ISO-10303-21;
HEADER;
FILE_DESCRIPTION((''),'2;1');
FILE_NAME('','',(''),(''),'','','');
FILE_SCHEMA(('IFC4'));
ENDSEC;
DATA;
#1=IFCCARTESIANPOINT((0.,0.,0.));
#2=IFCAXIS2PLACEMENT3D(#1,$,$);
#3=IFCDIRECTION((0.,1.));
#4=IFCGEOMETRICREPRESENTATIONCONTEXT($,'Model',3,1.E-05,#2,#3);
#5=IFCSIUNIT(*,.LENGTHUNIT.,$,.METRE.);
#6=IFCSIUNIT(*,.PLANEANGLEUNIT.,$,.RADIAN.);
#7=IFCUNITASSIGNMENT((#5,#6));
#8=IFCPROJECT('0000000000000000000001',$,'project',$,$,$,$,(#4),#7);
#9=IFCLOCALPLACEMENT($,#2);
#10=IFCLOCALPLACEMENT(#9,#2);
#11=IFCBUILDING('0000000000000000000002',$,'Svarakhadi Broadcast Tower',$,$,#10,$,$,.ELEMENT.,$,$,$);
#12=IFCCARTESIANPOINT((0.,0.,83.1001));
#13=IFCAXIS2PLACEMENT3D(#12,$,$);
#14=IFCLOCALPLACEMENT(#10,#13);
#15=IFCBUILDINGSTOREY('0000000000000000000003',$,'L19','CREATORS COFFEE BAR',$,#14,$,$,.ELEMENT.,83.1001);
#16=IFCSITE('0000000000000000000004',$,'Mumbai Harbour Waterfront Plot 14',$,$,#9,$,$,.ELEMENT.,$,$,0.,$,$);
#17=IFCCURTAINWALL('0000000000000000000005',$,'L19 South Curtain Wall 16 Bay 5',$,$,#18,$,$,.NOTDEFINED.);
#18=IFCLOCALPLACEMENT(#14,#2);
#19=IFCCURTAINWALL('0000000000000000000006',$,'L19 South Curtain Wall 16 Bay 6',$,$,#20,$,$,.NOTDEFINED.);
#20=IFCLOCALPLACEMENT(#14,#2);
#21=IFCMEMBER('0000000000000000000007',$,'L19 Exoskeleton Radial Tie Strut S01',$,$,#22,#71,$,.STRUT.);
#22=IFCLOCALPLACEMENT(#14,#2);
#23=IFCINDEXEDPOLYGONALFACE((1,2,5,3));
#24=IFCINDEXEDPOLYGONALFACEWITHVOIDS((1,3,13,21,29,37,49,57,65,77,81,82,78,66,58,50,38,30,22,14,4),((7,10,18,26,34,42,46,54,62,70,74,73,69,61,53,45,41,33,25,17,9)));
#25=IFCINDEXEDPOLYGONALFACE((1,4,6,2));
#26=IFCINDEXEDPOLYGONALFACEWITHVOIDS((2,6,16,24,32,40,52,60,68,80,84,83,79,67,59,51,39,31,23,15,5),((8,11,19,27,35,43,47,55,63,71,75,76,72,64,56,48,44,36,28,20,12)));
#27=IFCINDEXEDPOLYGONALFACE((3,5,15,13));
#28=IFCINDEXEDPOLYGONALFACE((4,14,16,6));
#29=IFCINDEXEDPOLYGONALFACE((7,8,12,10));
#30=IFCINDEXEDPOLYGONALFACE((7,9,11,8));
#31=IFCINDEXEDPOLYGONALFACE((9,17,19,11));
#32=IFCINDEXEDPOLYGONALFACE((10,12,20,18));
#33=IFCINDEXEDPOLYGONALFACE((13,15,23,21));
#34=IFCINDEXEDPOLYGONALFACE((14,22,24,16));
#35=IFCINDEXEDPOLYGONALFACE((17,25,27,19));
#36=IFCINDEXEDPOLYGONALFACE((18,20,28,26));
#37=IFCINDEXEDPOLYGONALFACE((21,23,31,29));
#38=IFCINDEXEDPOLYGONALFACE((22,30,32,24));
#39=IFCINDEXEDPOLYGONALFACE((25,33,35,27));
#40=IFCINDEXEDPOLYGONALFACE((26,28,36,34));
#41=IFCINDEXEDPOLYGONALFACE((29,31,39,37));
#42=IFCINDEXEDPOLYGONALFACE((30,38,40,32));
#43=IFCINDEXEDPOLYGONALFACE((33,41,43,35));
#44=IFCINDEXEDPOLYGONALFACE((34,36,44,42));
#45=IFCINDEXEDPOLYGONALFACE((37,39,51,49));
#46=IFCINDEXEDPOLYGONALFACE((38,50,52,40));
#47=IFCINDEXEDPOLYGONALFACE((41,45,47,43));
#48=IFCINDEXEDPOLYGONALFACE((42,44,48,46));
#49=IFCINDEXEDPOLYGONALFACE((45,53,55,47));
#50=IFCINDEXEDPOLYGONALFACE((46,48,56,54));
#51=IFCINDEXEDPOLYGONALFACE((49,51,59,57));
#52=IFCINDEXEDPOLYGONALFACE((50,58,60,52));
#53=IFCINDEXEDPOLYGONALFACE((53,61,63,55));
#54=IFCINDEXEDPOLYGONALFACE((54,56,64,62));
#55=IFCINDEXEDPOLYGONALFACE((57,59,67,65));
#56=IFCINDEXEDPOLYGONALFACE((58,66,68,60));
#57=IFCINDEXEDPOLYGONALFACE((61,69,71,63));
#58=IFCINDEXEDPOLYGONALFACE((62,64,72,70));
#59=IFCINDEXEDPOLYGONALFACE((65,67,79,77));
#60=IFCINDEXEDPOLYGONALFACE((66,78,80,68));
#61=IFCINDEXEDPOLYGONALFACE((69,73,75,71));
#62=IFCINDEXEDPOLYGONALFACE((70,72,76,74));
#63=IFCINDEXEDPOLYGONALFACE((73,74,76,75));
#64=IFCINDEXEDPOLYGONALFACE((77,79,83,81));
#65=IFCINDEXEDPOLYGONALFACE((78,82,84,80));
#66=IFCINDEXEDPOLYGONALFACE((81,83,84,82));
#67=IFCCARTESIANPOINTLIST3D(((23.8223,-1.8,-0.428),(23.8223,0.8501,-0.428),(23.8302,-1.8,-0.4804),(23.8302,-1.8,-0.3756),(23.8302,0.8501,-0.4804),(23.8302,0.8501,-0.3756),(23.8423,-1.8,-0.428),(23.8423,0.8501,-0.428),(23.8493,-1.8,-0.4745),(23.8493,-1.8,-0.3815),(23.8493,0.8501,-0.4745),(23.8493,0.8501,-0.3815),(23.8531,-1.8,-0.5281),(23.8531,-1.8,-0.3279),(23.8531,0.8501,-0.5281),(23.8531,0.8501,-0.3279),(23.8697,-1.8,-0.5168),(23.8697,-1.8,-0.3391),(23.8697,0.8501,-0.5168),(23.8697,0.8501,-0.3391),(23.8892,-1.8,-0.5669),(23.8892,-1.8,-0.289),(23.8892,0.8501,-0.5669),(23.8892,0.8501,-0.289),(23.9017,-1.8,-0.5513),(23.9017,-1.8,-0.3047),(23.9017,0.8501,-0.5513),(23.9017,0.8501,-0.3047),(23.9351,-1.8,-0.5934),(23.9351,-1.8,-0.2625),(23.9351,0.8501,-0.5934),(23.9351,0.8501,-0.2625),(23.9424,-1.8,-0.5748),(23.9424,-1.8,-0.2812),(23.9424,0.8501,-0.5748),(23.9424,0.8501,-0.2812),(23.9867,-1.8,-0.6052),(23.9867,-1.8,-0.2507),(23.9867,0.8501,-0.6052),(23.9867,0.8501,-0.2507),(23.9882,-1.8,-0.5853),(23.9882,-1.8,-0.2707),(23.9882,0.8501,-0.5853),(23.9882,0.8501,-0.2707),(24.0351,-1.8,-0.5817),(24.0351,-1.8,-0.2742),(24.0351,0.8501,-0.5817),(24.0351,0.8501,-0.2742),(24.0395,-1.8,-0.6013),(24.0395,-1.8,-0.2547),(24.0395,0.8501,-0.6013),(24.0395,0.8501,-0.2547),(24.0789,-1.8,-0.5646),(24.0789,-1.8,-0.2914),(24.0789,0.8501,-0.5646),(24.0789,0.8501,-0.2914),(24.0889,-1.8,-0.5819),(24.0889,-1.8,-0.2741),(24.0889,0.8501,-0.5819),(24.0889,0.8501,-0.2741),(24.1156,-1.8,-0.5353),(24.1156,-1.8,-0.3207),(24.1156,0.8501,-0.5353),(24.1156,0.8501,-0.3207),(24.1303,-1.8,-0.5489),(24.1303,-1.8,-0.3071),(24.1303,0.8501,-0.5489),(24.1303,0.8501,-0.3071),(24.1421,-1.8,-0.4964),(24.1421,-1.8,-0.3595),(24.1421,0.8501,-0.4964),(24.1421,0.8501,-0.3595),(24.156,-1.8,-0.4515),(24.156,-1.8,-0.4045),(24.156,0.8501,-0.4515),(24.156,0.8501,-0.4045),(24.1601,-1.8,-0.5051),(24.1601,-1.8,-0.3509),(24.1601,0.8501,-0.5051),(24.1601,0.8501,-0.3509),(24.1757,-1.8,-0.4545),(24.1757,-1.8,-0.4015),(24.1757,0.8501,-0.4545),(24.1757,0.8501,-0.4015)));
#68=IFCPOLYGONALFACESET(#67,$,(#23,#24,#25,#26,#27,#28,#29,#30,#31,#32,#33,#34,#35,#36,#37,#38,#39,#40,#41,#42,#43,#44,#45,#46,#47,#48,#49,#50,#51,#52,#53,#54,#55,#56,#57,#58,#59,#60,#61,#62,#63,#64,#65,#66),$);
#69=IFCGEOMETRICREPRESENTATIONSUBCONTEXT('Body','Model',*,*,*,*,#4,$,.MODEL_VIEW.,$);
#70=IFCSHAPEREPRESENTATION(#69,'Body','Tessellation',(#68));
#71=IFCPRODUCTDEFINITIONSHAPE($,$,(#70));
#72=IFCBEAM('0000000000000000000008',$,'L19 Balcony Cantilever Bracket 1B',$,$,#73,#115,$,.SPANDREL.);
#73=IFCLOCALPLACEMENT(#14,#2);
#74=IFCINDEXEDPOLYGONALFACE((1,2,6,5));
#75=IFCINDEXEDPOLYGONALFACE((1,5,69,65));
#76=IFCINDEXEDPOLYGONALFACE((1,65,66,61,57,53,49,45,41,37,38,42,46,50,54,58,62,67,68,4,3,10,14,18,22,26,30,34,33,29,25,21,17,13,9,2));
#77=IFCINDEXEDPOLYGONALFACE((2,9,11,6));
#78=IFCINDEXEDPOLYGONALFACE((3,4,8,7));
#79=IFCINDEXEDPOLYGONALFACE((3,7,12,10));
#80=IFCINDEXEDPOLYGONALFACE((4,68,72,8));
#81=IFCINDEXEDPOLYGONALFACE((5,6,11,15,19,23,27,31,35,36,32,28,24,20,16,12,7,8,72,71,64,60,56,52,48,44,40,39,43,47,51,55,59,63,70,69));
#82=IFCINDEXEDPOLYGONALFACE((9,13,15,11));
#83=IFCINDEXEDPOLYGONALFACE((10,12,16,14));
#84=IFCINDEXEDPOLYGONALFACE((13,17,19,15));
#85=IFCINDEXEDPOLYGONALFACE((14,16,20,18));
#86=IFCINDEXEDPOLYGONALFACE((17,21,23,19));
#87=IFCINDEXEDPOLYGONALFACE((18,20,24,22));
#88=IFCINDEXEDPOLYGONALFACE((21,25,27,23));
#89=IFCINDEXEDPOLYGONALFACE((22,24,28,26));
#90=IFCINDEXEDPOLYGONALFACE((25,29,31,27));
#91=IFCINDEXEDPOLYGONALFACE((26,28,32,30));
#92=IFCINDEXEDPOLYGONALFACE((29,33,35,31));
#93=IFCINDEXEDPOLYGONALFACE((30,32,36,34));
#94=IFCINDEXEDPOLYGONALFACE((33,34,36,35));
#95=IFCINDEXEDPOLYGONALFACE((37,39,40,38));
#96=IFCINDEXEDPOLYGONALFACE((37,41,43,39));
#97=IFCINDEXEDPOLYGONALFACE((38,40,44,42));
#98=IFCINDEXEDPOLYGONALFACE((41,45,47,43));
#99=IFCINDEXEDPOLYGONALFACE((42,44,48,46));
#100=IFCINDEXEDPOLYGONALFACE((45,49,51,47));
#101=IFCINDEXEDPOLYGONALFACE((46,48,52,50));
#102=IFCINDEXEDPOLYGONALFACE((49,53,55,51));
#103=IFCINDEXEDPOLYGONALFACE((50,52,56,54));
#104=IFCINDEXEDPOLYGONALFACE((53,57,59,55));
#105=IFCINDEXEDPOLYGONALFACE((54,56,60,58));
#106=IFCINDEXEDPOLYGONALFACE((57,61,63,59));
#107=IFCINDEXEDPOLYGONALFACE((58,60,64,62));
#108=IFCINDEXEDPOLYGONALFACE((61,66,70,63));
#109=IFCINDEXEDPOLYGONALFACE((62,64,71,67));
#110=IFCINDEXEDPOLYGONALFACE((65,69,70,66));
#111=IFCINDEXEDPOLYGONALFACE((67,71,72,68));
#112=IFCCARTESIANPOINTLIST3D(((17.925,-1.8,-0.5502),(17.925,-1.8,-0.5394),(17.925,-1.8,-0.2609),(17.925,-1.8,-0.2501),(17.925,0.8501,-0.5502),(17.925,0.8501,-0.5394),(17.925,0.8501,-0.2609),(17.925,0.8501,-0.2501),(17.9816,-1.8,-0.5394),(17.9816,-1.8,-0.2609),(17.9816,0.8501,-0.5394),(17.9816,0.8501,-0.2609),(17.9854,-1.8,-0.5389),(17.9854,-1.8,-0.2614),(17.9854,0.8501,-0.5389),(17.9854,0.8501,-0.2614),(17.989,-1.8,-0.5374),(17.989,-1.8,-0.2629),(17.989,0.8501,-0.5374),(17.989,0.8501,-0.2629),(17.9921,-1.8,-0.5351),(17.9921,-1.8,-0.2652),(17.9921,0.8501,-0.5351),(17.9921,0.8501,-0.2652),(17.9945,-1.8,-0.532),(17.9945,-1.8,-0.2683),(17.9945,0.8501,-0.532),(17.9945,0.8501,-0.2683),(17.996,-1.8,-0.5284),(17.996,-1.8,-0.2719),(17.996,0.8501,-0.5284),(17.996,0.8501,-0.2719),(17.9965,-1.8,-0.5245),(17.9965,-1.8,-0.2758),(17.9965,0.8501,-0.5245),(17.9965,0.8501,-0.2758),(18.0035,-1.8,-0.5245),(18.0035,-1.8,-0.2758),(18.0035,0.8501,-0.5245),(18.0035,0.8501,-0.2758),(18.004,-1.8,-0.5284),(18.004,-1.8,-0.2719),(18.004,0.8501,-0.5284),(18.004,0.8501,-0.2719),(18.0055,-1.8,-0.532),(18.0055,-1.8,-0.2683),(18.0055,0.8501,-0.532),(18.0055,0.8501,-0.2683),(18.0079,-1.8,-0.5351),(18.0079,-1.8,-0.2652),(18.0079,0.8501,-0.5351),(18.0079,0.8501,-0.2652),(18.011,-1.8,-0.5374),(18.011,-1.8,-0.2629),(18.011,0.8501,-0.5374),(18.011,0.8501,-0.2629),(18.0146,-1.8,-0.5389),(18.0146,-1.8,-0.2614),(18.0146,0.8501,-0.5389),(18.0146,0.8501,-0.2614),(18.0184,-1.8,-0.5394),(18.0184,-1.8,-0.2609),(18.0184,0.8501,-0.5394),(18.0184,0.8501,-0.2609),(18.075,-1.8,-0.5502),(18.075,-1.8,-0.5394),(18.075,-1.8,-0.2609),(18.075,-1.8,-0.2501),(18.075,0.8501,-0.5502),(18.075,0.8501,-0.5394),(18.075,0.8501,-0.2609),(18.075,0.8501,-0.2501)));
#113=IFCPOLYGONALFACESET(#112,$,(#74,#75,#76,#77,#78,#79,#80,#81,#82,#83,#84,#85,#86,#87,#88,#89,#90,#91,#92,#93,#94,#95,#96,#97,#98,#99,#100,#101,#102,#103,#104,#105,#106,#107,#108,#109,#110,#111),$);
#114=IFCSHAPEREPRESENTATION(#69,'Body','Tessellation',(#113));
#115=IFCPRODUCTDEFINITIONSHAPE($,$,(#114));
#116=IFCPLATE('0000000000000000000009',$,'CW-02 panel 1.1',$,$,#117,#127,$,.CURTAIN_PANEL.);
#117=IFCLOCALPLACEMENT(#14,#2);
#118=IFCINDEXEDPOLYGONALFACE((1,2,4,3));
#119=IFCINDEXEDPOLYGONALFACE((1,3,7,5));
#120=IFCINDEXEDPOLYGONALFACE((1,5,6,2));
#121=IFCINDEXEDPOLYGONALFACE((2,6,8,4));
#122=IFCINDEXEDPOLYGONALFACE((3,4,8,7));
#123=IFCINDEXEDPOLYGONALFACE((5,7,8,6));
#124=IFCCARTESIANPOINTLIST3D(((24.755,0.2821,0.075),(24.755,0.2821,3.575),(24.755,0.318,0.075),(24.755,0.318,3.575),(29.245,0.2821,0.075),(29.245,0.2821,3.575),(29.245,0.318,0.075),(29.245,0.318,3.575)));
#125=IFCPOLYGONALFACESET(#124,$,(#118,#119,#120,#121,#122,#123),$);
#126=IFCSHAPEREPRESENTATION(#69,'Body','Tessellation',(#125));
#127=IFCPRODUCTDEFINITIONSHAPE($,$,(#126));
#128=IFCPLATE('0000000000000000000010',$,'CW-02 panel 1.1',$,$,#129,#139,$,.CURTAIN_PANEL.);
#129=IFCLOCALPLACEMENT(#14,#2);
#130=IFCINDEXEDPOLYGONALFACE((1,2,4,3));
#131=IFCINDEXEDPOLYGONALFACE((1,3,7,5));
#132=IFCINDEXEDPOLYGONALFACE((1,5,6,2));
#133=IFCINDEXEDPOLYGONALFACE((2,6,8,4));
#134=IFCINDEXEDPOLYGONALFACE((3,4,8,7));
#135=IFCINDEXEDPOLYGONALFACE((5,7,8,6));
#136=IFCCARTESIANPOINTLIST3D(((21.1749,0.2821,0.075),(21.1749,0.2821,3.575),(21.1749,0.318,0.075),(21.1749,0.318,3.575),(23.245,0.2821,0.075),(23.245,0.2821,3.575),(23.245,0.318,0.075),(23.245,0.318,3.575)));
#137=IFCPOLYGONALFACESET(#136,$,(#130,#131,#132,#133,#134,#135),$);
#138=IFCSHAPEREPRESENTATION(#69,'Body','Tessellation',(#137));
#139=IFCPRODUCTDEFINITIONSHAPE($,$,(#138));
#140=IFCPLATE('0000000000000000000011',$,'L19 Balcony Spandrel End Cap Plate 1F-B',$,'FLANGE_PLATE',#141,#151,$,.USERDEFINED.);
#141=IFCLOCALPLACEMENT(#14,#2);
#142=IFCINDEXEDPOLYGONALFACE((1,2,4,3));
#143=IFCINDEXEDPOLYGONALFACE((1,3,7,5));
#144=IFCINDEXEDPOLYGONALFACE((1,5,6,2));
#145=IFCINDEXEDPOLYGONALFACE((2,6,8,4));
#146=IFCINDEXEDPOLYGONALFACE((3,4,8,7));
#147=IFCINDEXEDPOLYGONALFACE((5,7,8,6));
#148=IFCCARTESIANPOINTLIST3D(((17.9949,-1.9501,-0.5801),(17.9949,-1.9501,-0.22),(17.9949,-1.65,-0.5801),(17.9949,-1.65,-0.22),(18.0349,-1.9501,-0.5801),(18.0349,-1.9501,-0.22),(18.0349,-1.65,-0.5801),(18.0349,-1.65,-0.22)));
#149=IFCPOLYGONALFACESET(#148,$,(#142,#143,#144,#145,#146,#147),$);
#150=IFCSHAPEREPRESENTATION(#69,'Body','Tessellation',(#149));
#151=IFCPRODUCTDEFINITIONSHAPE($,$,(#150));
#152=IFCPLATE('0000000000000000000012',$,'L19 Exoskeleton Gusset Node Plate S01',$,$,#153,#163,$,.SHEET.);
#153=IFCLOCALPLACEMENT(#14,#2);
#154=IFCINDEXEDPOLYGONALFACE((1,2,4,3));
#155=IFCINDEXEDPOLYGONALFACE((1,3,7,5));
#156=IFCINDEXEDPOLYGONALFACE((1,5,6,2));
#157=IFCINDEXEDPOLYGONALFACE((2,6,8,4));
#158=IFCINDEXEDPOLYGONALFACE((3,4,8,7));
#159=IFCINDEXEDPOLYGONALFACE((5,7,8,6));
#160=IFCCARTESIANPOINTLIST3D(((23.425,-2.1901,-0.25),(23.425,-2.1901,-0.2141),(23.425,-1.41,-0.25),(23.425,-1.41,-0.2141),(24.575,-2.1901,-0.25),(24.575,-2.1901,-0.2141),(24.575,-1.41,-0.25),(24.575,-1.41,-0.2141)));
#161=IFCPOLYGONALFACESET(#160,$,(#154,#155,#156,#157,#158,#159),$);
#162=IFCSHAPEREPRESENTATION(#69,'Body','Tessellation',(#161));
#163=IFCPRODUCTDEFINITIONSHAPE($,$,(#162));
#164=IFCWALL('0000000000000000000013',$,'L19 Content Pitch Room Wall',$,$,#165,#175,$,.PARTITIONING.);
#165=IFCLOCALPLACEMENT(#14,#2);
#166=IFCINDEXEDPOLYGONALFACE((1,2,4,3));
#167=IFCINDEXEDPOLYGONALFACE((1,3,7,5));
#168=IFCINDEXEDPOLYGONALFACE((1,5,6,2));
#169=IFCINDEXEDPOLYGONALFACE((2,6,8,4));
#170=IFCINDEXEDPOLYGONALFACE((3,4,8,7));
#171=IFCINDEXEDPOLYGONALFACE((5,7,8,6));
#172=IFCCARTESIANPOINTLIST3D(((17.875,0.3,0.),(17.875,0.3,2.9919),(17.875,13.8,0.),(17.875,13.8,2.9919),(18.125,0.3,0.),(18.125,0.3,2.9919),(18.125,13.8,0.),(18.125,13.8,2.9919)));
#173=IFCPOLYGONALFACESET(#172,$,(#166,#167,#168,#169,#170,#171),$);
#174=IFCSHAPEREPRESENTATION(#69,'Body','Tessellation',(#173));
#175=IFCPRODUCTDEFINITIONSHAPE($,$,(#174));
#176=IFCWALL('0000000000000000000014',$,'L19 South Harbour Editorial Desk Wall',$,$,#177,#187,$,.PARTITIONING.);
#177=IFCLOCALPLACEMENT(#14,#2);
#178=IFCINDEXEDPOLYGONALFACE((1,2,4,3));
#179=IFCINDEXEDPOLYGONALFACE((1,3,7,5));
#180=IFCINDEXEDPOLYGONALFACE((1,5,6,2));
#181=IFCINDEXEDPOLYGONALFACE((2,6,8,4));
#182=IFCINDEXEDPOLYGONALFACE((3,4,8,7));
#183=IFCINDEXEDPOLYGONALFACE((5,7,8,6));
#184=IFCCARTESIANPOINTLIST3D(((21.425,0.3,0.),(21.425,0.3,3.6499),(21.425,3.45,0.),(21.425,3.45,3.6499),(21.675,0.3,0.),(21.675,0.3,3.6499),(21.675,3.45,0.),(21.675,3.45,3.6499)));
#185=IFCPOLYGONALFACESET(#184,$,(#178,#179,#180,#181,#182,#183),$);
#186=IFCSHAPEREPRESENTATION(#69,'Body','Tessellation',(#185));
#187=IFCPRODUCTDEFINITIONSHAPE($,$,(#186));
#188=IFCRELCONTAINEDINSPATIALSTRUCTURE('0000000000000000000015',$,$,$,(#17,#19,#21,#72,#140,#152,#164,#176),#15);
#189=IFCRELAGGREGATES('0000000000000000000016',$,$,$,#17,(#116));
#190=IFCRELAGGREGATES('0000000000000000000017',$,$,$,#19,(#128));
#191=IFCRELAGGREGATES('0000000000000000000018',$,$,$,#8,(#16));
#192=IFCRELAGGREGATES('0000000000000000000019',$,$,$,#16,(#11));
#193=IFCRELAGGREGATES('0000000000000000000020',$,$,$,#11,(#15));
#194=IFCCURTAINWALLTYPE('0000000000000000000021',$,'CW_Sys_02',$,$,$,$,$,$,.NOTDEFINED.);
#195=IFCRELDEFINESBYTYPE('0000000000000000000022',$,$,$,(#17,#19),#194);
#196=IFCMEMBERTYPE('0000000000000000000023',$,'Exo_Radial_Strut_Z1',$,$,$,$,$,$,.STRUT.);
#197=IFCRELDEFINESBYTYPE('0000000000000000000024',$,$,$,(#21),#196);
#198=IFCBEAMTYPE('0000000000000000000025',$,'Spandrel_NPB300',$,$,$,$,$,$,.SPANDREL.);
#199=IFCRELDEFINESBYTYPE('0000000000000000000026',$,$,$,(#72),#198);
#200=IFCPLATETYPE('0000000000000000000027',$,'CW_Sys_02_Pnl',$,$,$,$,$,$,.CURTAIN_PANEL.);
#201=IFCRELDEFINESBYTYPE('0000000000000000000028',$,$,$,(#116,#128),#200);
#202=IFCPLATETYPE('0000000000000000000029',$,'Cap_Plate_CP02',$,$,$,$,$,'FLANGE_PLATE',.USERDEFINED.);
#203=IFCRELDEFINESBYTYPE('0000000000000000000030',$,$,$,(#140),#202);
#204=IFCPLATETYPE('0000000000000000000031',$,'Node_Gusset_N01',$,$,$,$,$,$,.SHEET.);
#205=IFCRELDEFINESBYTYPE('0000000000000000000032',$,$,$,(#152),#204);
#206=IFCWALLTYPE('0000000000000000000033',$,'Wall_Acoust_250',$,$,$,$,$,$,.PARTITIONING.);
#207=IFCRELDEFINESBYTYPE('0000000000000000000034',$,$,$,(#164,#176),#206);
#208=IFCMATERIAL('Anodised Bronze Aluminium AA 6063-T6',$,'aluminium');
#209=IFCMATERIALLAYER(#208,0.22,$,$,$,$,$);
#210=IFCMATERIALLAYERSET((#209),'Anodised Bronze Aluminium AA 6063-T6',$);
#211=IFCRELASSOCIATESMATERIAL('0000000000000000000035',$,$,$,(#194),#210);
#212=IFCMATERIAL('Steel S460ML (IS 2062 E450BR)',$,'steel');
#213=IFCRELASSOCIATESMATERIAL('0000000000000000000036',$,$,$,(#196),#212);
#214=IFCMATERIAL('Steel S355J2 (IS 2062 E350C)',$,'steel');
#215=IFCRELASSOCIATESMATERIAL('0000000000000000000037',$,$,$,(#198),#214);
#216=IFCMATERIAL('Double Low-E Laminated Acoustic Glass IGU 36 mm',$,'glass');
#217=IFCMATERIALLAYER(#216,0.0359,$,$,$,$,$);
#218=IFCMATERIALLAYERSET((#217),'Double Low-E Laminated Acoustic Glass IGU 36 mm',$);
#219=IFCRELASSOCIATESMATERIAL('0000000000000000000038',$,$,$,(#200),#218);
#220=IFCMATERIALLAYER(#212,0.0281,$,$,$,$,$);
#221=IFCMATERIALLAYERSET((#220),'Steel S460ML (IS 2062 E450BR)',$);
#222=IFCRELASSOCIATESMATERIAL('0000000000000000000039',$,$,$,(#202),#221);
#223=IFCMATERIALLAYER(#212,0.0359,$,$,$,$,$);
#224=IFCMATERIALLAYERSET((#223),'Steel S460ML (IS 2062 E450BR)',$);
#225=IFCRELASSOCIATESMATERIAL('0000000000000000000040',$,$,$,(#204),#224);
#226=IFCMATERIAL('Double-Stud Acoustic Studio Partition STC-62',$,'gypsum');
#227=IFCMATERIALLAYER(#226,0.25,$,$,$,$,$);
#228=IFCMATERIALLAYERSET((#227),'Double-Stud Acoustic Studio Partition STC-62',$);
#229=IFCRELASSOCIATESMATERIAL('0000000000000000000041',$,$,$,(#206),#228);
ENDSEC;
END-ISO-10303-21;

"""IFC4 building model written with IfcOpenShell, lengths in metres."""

from ifc_helpers import new_model, si_unit, direction, frame, frame_2d, origin, origin_2d, place, context, subcontext, project, spatial, rectangle, hollow_circle, i_section, extrude, material, layer, layer_set, material_profile, profile_set, type_object, element, aggregate, save


model = new_model("IFC4")

# Units and contexts
model_context = context("Model", 3, precision=1e-05, world=origin(), true_north=direction((0.0, 1.0)))
body_context = subcontext(model_context, "Body", "Model", "MODEL_VIEW")
ifc_project = project(units=[si_unit("LENGTHUNIT", "METRE"), si_unit("PLANEANGLEUNIT", "RADIAN")], contexts=[model_context])

# Site, building, storey
site_placement = place(None, origin())
site = spatial("IfcSite", under=ifc_project, at=site_placement, Name="Mumbai Harbour Waterfront Plot 14", CompositionType="ELEMENT", RefElevation=0.0)
building_placement = place(site_placement, origin())
building = spatial("IfcBuilding", under=site, at=building_placement, Name="Svarakhadi Broadcast Tower", CompositionType="ELEMENT")
storey_placement = place(building_placement, frame((0.0, 0.0, 83.1001)))
storey = spatial("IfcBuildingStorey", under=building, at=storey_placement, Name="L19", Description="CREATORS COFFEE BAR", CompositionType="ELEMENT", Elevation=83.1001)

# Curtain wall
ifc_material_1 = material(Name="Anodised Bronze Aluminium AA 6063-T6", Category="aluminium")
ifc_layer_1 = layer(ifc_material_1, 0.22)
ifc_layer_set_1 = layer_set([ifc_layer_1], Name="Anodised Bronze Aluminium AA 6063-T6")
curtain_wall_type = type_object("IfcCurtainWallType", Name="CW_Sys_02", PredefinedType="NOTDEFINED", material=ifc_layer_set_1)
curtain_wall_1_placement = place(storey_placement, origin())
curtain_wall_1 = element("IfcCurtainWall", 1, at=curtain_wall_1_placement, inside=storey, type_object=curtain_wall_type, Name="L19 South Curtain Wall 16 Bay 5", PredefinedType="NOTDEFINED")

# Curtain wall
curtain_wall_2_placement = place(storey_placement, origin())
curtain_wall_2 = element("IfcCurtainWall", 2, at=curtain_wall_2_placement, inside=storey, type_object=curtain_wall_type, Name="L19 South Curtain Wall 16 Bay 6", PredefinedType="NOTDEFINED")

# Member
ifc_material_2 = material(Name="Steel S460ML (IS 2062 E450BR)", Category="steel")
ifc_material_profile_1 = material_profile(ifc_material_2, hollow_circle(Radius=0.1777, WallThickness=0.02, at=origin_2d()), Name="CHS 355.6x20")
ifc_profile_set_1 = profile_set([ifc_material_profile_1], Name="Steel S460ML (IS 2062 E450BR)")
member_type_1 = type_object("IfcMemberType", Name="Exo_Radial_Strut_Z1", PredefinedType="STRUT", material=ifc_profile_set_1)
member_1_placement = place(storey_placement, frame((24.0, -1.8, -0.428), z_axis=(0.0, 1.0, 0.0), x_axis=(-1.0, 0.0, 0.0)))
element("IfcMember", 3, at=member_1_placement, inside=storey, type_object=member_type_1, Name="L19 Exoskeleton Radial Tie Strut S01", PredefinedType="STRUT", context=body_context, shape_type="SweptSolid", body=[
    extrude(hollow_circle(Radius=0.1777, WallThickness=0.02, at=origin_2d()), origin(), (0.0, 0.0, 1.0), 2.6501),
])

# Beam
ifc_material_3 = material(Name="Steel S355J2 (IS 2062 E350C)", Category="steel")
ifc_material_profile_2 = material_profile(ifc_material_3, i_section(OverallWidth=0.1499, OverallDepth=0.3, WebThickness=0.0071, FlangeThickness=0.0107, FilletRadius=0.0149, at=origin_2d()), Name="NPB 300x150x37")
ifc_profile_set_2 = profile_set([ifc_material_profile_2], Name="Steel S355J2 (IS 2062 E350C)")
beam_type = type_object("IfcBeamType", Name="Spandrel_NPB300", PredefinedType="SPANDREL", material=ifc_profile_set_2)
beam_placement = place(storey_placement, frame((18.0, 0.8501, -0.4001), z_axis=(0.0, -1.0, 0.0), x_axis=(1.0, 0.0, 0.0)))
element("IfcBeam", 4, at=beam_placement, inside=storey, type_object=beam_type, Name="L19 Balcony Cantilever Bracket 1B", PredefinedType="SPANDREL", context=body_context, shape_type="SweptSolid", body=[
    extrude(i_section(OverallWidth=0.1499, OverallDepth=0.3, WebThickness=0.0071, FlangeThickness=0.0107, FilletRadius=0.0149, at=origin_2d()), origin(), (0.0, 0.0, 1.0), 2.6501),
])

# Plates
ifc_material_4 = material(Name="Double Low-E Laminated Acoustic Glass IGU 36 mm", Category="glass")
ifc_layer_2 = layer(ifc_material_4, 0.0359)
ifc_layer_set_2 = layer_set([ifc_layer_2], Name="Double Low-E Laminated Acoustic Glass IGU 36 mm")
plate_type_1 = type_object("IfcPlateType", Name="CW_Sys_02_Pnl", PredefinedType="CURTAIN_PANEL", material=ifc_layer_set_2)
plate_1_placement = place(storey_placement, frame((27.0, 0.3, 0.075), z_axis=(0.0, 0.0, 1.0), x_axis=(-1.0, 0.0, 0.0)))
plate_1 = element("IfcPlate", 5, at=plate_1_placement, type_object=plate_type_1, Name="CW-02 panel 1.1", PredefinedType="CURTAIN_PANEL", context=body_context, shape_type="SweptSolid", body=[
    extrude(rectangle(XDim=4.49, YDim=0.0359, at=origin_2d()), origin(), (0.0, 0.0, 1.0), 3.5),
])
aggregate(curtain_wall_1, [plate_1])
plate_2_placement = place(storey_placement, frame((22.21, 0.3, 0.075), z_axis=(0.0, 0.0, 1.0), x_axis=(-1.0, 0.0, 0.0)))
plate_2 = element("IfcPlate", 6, at=plate_2_placement, type_object=plate_type_1, Name="CW-02 panel 1.1", PredefinedType="CURTAIN_PANEL", context=body_context, shape_type="SweptSolid", body=[
    extrude(rectangle(XDim=2.0701, YDim=0.0359, at=origin_2d()), origin(), (0.0, 0.0, 1.0), 3.5),
])
aggregate(curtain_wall_2, [plate_2])

# Plates
ifc_layer_3 = layer(ifc_material_2, 0.0281)
ifc_layer_set_3 = layer_set([ifc_layer_3], Name="Steel S460ML (IS 2062 E450BR)")
plate_type_2 = type_object("IfcPlateType", Name="Cap_Plate_CP02", ElementType="FLANGE_PLATE", PredefinedType="USERDEFINED", material=ifc_layer_set_3)
plate_3_placement = place(storey_placement, frame((18.0149, -1.8, -0.5801), z_axis=(0.0, 0.0, 1.0), x_axis=(1.0, 0.0, 0.0)))
element("IfcPlate", 7, at=plate_3_placement, inside=storey, type_object=plate_type_2, Name="L19 Balcony Spandrel End Cap Plate 1F-B", ObjectType="FLANGE_PLATE", PredefinedType="USERDEFINED", context=body_context, shape_type="SweptSolid", body=[
    extrude(rectangle(XDim=0.04, YDim=0.3, at=origin_2d()), origin(), (0.0, 0.0, 1.0), 0.3601),
])
ifc_layer_4 = layer(ifc_material_2, 0.0359)
ifc_layer_set_4 = layer_set([ifc_layer_4], Name="Steel S460ML (IS 2062 E450BR)")
plate_type_3 = type_object("IfcPlateType", Name="Node_Gusset_N01", PredefinedType="SHEET", material=ifc_layer_set_4)
plate_4_placement = place(storey_placement, frame((24.0, -1.8, -0.25), z_axis=(0.0, 0.0, 1.0), x_axis=(1.0, 0.0, 0.0)))
element("IfcPlate", 8, at=plate_4_placement, inside=storey, type_object=plate_type_3, Name="L19 Exoskeleton Gusset Node Plate S01", PredefinedType="SHEET", context=body_context, shape_type="SweptSolid", body=[
    extrude(rectangle(XDim=1.1499, YDim=0.78, at=origin_2d()), origin(), (0.0, 0.0, 1.0), 0.0359),
])

# Walls
ifc_material_5 = material(Name="Double-Stud Acoustic Studio Partition STC-62", Category="gypsum")
ifc_layer_5 = layer(ifc_material_5, 0.25)
ifc_layer_set_5 = layer_set([ifc_layer_5], Name="Double-Stud Acoustic Studio Partition STC-62")
wall_type_1 = type_object("IfcWallType", Name="Wall_Acoust_250", PredefinedType="PARTITIONING", material=ifc_layer_set_5)
wall_1_placement = place(storey_placement, frame((18.0, 0.3, 0.0), z_axis=(0.0, 0.0, 1.0), x_axis=(0.0, 1.0, 0.0)))
element("IfcWall", 9, at=wall_1_placement, inside=storey, type_object=wall_type_1, Name="L19 Content Pitch Room Wall", PredefinedType="PARTITIONING", context=body_context, shape_type="SweptSolid", body=[
    extrude(rectangle(XDim=13.5, YDim=0.25, at=frame_2d((6.75, 0.0))), origin(), (0.0, 0.0, 1.0), 2.9919),
])
for number, where, z_axis, x_axis, name in (
    (10, (21.55, 0.3, 0.0), (0.0, 0.0, 1.0), (0.0, 1.0, 0.0), "L19 South Harbour Editorial Desk Wall"),
):
    element("IfcWall", number, at=place(storey_placement, frame(where, z_axis=z_axis, x_axis=x_axis)), inside=storey, type_object=wall_type_1, Name=name, PredefinedType="PARTITIONING", context=body_context, shape_type="SweptSolid", body=[
        extrude(rectangle(XDim=3.1499, YDim=0.25, at=frame_2d((1.575, 0.0))), origin(), (0.0, 0.0, 1.0), 3.6499),
    ])

save(model, "model.ifc")
